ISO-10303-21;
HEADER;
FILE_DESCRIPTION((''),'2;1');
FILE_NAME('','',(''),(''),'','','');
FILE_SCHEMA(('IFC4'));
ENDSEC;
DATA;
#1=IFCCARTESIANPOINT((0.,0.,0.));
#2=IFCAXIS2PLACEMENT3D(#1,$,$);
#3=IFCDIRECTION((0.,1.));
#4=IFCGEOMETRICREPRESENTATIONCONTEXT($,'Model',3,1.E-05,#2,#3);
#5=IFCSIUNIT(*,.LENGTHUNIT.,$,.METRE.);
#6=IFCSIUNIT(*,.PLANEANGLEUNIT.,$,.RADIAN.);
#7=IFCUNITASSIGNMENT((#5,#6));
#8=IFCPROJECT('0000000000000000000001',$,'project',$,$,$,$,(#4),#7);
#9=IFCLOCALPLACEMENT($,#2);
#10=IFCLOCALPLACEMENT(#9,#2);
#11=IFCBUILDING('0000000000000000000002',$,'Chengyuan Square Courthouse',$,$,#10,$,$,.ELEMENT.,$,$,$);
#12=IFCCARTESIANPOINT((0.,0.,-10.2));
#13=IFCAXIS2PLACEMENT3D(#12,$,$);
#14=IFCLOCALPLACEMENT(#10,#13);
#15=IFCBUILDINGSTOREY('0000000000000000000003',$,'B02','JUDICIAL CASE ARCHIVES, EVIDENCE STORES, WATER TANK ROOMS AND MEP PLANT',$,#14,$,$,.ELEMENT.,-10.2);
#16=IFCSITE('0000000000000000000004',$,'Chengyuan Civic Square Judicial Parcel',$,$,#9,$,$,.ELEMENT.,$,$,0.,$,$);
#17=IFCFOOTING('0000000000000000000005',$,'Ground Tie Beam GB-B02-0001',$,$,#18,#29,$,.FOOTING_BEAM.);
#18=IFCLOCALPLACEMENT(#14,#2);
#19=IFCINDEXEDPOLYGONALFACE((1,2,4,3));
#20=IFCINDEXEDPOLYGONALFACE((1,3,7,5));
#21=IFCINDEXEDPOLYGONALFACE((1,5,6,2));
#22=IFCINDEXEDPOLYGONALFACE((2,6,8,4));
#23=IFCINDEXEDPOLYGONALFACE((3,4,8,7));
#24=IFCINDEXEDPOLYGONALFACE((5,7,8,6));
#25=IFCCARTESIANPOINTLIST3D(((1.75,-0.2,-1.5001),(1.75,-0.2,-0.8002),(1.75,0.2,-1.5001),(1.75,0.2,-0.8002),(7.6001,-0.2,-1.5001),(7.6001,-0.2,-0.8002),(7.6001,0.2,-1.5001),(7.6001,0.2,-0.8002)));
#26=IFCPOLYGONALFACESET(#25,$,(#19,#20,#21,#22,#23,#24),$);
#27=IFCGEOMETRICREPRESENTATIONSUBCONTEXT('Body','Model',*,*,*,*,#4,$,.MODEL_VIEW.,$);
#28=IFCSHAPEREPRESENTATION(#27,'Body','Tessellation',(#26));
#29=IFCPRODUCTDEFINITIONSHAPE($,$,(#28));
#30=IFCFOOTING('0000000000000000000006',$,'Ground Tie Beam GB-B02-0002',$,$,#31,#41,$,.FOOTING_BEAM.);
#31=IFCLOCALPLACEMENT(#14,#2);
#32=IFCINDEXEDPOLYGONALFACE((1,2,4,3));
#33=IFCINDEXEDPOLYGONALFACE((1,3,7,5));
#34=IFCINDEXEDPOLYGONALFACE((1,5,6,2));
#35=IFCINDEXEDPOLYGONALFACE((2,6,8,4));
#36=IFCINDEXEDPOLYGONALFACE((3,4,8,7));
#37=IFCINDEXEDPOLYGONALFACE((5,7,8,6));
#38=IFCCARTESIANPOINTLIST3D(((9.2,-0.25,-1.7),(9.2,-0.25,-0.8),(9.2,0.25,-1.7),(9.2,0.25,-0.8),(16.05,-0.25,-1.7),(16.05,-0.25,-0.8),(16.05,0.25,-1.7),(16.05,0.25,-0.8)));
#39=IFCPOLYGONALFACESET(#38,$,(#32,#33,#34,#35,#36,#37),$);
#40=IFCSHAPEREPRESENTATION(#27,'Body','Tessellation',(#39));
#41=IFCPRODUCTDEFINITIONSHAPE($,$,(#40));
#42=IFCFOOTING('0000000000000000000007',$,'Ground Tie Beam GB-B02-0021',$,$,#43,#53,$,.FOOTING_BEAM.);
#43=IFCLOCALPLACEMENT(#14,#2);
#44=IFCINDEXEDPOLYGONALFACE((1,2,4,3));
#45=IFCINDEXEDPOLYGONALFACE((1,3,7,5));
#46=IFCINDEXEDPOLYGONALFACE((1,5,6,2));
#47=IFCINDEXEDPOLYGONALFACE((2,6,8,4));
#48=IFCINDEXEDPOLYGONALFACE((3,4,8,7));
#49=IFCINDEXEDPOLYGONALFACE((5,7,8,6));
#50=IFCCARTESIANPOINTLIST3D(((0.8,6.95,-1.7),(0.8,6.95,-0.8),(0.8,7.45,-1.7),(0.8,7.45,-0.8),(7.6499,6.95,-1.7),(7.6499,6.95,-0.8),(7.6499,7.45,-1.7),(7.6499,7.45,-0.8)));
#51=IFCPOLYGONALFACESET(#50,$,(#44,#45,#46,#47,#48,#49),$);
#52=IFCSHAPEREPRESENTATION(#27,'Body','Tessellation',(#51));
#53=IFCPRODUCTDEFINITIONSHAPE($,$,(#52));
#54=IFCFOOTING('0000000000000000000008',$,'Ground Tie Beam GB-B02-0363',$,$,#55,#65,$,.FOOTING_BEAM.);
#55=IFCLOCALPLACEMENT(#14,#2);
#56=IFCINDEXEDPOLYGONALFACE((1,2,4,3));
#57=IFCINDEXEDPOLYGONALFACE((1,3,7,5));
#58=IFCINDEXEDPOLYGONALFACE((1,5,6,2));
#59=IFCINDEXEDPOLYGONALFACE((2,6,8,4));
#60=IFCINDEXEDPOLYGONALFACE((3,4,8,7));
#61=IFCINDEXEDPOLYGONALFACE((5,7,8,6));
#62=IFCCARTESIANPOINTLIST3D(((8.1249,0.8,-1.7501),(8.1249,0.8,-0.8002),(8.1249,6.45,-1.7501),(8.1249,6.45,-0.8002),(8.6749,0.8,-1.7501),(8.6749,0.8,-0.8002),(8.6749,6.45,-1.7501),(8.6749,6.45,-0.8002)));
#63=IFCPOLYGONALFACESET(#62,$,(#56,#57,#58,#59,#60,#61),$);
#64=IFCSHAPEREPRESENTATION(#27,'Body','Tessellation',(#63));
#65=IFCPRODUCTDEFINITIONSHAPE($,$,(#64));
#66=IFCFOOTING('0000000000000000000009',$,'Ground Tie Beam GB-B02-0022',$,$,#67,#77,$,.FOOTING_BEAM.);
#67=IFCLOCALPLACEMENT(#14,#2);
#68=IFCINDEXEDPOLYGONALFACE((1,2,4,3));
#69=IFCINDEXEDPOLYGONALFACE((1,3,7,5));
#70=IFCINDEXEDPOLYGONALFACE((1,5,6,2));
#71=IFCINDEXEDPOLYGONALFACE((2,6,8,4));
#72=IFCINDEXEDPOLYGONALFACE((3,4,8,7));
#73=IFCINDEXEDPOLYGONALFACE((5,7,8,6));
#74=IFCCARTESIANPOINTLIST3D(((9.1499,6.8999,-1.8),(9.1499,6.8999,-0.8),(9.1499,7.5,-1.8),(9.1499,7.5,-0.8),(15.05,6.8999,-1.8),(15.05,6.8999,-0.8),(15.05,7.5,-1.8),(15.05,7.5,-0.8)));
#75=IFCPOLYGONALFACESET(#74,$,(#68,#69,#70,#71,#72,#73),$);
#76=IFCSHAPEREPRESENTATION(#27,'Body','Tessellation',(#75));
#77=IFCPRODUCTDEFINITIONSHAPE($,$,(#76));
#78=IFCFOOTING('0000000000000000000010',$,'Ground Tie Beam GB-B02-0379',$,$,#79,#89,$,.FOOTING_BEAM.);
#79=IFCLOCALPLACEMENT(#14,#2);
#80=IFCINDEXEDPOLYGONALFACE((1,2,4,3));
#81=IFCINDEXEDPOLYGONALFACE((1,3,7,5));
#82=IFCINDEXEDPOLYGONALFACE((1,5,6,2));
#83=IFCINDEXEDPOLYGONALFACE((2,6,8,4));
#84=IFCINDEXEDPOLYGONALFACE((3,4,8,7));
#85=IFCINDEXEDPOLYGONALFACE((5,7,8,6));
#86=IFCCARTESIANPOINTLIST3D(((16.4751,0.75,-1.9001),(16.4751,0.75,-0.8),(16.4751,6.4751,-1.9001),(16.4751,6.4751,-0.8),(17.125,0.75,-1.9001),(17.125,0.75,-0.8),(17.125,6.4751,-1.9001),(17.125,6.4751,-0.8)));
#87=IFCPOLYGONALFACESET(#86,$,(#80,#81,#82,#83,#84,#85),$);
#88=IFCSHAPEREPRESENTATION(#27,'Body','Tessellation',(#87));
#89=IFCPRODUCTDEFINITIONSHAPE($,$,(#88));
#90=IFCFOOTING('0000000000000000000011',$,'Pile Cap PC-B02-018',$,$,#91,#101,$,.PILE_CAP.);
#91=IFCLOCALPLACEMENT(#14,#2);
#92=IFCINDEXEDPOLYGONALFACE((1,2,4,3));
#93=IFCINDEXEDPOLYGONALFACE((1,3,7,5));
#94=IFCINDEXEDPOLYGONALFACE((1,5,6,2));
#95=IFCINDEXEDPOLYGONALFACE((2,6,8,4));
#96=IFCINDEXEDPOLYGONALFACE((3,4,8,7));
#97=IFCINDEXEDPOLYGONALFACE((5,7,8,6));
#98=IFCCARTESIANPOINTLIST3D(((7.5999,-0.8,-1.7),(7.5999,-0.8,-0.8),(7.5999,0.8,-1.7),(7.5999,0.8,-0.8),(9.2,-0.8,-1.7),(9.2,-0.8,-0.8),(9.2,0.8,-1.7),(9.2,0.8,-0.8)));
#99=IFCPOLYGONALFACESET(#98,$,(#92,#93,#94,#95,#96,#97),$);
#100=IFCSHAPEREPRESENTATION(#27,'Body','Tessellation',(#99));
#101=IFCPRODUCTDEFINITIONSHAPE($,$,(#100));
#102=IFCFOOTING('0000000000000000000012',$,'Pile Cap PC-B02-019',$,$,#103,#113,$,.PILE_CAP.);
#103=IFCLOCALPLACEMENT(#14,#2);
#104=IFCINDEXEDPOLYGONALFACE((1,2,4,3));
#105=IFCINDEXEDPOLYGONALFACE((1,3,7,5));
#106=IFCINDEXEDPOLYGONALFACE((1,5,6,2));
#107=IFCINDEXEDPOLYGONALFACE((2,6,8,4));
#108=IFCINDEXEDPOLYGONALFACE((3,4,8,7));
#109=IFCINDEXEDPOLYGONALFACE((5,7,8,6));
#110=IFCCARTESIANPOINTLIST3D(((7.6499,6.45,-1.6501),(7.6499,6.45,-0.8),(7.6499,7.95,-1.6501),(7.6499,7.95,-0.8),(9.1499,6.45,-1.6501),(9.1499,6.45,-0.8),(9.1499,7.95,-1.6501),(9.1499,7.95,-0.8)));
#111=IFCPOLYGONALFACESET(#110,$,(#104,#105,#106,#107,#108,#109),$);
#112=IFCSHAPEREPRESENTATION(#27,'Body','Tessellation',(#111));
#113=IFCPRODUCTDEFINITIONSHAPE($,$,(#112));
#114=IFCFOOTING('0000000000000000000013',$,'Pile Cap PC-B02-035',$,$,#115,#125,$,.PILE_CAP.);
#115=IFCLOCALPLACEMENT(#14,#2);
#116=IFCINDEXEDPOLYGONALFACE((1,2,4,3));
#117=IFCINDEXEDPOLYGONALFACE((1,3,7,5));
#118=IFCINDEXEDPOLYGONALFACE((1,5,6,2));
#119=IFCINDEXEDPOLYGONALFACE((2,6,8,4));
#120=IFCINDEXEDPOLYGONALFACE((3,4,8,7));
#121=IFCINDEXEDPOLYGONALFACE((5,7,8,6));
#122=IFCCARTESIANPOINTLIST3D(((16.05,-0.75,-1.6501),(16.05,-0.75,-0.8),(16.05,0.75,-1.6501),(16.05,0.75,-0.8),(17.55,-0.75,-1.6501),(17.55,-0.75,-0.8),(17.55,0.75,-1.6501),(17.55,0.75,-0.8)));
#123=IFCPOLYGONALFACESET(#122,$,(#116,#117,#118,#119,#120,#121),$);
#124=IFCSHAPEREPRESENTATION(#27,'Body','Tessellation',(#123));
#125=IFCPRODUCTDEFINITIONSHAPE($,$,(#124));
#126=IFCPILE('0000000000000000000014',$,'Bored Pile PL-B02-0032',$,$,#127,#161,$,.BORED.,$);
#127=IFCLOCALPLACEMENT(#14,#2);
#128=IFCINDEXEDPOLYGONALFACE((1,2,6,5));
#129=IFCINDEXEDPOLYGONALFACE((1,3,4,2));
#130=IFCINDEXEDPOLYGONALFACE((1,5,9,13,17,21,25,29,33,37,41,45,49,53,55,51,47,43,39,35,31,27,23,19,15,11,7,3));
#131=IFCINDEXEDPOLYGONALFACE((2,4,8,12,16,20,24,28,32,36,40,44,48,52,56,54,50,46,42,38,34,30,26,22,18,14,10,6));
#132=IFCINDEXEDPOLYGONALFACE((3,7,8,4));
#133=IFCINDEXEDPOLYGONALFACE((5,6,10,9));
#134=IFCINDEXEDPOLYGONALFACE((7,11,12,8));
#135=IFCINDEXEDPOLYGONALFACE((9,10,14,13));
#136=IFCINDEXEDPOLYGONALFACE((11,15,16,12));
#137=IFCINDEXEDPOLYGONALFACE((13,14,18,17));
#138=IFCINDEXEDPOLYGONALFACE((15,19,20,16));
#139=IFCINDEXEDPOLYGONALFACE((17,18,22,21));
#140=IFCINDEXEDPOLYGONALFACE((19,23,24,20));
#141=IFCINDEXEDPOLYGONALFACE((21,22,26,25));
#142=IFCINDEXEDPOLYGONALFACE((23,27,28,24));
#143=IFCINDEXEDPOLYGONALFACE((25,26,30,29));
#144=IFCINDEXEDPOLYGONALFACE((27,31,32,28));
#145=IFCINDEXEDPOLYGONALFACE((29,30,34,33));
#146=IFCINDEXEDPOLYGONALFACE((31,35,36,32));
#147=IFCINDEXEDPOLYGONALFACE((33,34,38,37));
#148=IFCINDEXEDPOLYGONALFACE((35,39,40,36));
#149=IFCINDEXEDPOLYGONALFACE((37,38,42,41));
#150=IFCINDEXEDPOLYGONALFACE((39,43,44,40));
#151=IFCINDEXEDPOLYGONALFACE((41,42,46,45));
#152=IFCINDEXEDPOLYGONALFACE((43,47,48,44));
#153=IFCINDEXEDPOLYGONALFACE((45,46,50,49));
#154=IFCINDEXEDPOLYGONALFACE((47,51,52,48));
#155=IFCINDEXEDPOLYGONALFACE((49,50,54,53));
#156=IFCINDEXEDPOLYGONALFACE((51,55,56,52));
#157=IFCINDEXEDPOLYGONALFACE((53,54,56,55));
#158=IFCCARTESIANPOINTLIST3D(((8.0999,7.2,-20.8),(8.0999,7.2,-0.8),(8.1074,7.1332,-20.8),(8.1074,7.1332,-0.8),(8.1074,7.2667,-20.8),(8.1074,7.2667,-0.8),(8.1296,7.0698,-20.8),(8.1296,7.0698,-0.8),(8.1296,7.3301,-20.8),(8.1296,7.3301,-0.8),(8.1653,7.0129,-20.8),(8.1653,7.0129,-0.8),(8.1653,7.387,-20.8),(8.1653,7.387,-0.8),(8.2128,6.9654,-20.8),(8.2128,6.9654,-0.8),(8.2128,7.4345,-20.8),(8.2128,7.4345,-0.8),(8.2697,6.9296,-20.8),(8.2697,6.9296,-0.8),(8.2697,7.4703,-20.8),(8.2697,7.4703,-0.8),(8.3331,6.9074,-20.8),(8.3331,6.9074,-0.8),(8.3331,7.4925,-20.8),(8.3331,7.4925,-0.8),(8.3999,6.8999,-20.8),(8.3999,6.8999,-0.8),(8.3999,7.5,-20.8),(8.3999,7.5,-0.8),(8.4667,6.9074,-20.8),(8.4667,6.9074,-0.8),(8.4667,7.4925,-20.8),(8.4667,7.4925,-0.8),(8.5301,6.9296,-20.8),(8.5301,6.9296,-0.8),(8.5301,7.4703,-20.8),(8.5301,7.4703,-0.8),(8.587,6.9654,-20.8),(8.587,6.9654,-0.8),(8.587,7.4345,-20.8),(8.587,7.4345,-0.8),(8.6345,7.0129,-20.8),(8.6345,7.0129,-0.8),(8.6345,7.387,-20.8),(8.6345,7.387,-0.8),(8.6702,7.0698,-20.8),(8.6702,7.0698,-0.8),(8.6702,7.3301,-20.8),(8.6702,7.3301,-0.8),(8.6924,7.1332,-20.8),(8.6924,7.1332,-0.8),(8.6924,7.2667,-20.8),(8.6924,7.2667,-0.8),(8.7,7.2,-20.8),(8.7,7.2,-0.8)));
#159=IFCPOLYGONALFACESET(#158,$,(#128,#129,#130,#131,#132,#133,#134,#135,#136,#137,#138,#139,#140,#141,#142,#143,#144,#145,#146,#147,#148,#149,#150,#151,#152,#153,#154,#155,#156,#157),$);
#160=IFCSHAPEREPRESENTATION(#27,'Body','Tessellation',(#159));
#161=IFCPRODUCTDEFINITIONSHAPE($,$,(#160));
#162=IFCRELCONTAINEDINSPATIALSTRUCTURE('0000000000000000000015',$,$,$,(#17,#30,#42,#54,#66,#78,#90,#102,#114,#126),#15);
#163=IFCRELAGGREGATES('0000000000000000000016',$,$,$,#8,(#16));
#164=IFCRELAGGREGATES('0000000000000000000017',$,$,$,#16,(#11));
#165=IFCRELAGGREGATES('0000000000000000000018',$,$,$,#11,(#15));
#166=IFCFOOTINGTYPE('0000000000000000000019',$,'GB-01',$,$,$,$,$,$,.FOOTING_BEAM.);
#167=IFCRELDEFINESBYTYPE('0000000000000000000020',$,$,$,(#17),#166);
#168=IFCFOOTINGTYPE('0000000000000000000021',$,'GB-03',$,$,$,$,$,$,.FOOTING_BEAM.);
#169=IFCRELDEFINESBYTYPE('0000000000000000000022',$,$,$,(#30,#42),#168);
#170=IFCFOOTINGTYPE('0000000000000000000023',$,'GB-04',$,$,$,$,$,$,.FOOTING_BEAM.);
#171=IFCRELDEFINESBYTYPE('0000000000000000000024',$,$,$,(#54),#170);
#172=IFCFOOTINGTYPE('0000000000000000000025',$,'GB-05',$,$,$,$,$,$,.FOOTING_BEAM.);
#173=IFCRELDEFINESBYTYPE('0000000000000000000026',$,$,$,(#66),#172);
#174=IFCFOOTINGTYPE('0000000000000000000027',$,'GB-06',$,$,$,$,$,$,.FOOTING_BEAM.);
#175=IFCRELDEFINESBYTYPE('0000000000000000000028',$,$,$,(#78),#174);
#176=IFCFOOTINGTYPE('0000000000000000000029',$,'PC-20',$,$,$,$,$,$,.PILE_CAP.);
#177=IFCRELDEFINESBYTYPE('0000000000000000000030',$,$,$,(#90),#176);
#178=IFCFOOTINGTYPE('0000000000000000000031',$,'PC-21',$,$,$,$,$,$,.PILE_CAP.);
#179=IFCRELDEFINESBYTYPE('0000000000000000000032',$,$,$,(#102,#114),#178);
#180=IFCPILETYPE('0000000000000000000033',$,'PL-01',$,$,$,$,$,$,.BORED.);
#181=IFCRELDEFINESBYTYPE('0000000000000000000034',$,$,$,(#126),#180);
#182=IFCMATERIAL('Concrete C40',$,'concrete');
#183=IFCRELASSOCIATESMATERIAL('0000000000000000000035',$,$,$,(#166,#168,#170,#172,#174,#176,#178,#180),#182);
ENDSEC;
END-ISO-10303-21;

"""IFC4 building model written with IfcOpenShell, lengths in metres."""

from ifc_helpers import new_model, si_unit, direction, frame, origin, origin_2d, place, context, subcontext, project, spatial, rectangle, circle, extrude, material, material_profile, profile_set, type_object, element, save


model = new_model("IFC4")

# Units and contexts
model_context = context("Model", 3, precision=1e-05, world=origin(), true_north=direction((0.0, 1.0)))
body_context = subcontext(model_context, "Body", "Model", "MODEL_VIEW")
ifc_project = project(units=[si_unit("LENGTHUNIT", "METRE"), si_unit("PLANEANGLEUNIT", "RADIAN")], contexts=[model_context])

# Site, building, storey
site_placement = place(None, origin())
site = spatial("IfcSite", under=ifc_project, at=site_placement, Name="Chengyuan Civic Square Judicial Parcel", CompositionType="ELEMENT", RefElevation=0.0)
building_placement = place(site_placement, origin())
building = spatial("IfcBuilding", under=site, at=building_placement, Name="Chengyuan Square Courthouse", CompositionType="ELEMENT")
storey_placement = place(building_placement, frame((0.0, 0.0, -10.2)))
storey = spatial("IfcBuildingStorey", under=building, at=storey_placement, Name="B02", Description="JUDICIAL CASE ARCHIVES, EVIDENCE STORES, WATER TANK ROOMS AND MEP PLANT", CompositionType="ELEMENT", Elevation=-10.2)

# Footings
ifc_material_1 = material(Name="Concrete C40", Category="concrete")
ifc_material_profile_1 = material_profile(ifc_material_1, rectangle(XDim=0.3999, YDim=0.7, at=origin_2d()), Name="GB-400x700")
ifc_profile_set_1 = profile_set([ifc_material_profile_1], Name="Concrete C40")
footing_type_1 = type_object("IfcFootingType", Name="GB-01", PredefinedType="FOOTING_BEAM", material=ifc_profile_set_1)
footing_1_placement = place(storey_placement, frame((1.75, 0.0, -1.1501), z_axis=(1.0, 0.0, 0.0), x_axis=(0.0, 1.0, 0.0)))
element("IfcFooting", 1, at=footing_1_placement, inside=storey, type_object=footing_type_1, Name="Ground Tie Beam GB-B02-0001", PredefinedType="FOOTING_BEAM", context=body_context, shape_type="SweptSolid", body=[
    extrude(rectangle(XDim=0.3999, YDim=0.7, at=origin_2d()), origin(), (0.0, 0.0, 1.0), 5.8501),
])
ifc_material_profile_2 = material_profile(ifc_material_1, rectangle(XDim=0.5, YDim=0.8999, at=origin_2d()), Name="GB-500x900")
ifc_profile_set_2 = profile_set([ifc_material_profile_2], Name="Concrete C40")
footing_type_2 = type_object("IfcFootingType", Name="GB-03", PredefinedType="FOOTING_BEAM", material=ifc_profile_set_2)
footing_2_placement = place(storey_placement, frame((9.2, 0.0, -1.25), z_axis=(1.0, 0.0, 0.0), x_axis=(0.0, 1.0, 0.0)))
element("IfcFooting", 2, at=footing_2_placement, inside=storey, type_object=footing_type_2, Name="Ground Tie Beam GB-B02-0002", PredefinedType="FOOTING_BEAM", context=body_context, shape_type="SweptSolid", body=[
    extrude(rectangle(XDim=0.5, YDim=0.8999, at=origin_2d()), origin(), (0.0, 0.0, 1.0), 6.8501),
])
footing_3_placement = place(storey_placement, frame((0.8, 7.2, -1.25), z_axis=(1.0, 0.0, 0.0), x_axis=(0.0, 1.0, 0.0)))
element("IfcFooting", 3, at=footing_3_placement, inside=storey, type_object=footing_type_2, Name="Ground Tie Beam GB-B02-0021", PredefinedType="FOOTING_BEAM", context=body_context, shape_type="SweptSolid", body=[
    extrude(rectangle(XDim=0.5, YDim=0.8999, at=origin_2d()), origin(), (0.0, 0.0, 1.0), 6.8499),
])
ifc_material_profile_3 = material_profile(ifc_material_1, rectangle(XDim=0.55, YDim=0.95, at=origin_2d()), Name="GB-550x950")
ifc_profile_set_3 = profile_set([ifc_material_profile_3], Name="Concrete C40")
footing_type_3 = type_object("IfcFootingType", Name="GB-04", PredefinedType="FOOTING_BEAM", material=ifc_profile_set_3)
footing_4_placement = place(storey_placement, frame((8.3999, 0.8, -1.2751), z_axis=(0.0, 1.0, 0.0), x_axis=(-1.0, 0.0, 0.0)))
element("IfcFooting", 4, at=footing_4_placement, inside=storey, type_object=footing_type_3, Name="Ground Tie Beam GB-B02-0363", PredefinedType="FOOTING_BEAM", context=body_context, shape_type="SweptSolid", body=[
    extrude(rectangle(XDim=0.55, YDim=0.95, at=origin_2d()), origin(), (0.0, 0.0, 1.0), 5.6499),
])
ifc_material_profile_4 = material_profile(ifc_material_1, rectangle(XDim=0.6001, YDim=1.0, at=origin_2d()), Name="GB-600x1000")
ifc_profile_set_4 = profile_set([ifc_material_profile_4], Name="Concrete C40")
footing_type_4 = type_object("IfcFootingType", Name="GB-05", PredefinedType="FOOTING_BEAM", material=ifc_profile_set_4)
footing_5_placement = place(storey_placement, frame((9.1499, 7.2, -1.3), z_axis=(1.0, 0.0, 0.0), x_axis=(0.0, 1.0, 0.0)))
element("IfcFooting", 5, at=footing_5_placement, inside=storey, type_object=footing_type_4, Name="Ground Tie Beam GB-B02-0022", PredefinedType="FOOTING_BEAM", context=body_context, shape_type="SweptSolid", body=[
    extrude(rectangle(XDim=0.6001, YDim=1.0, at=origin_2d()), origin(), (0.0, 0.0, 1.0), 5.9001),
])
ifc_material_profile_5 = material_profile(ifc_material_1, rectangle(XDim=0.6499, YDim=1.1001, at=origin_2d()), Name="GB-650x1100")
ifc_profile_set_5 = profile_set([ifc_material_profile_5], Name="Concrete C40")
footing_type_5 = type_object("IfcFootingType", Name="GB-06", PredefinedType="FOOTING_BEAM", material=ifc_profile_set_5)
footing_6_placement = place(storey_placement, frame((16.8, 0.75, -1.3501), z_axis=(0.0, 1.0, 0.0), x_axis=(-1.0, 0.0, 0.0)))
element("IfcFooting", 6, at=footing_6_placement, inside=storey, type_object=footing_type_5, Name="Ground Tie Beam GB-B02-0379", PredefinedType="FOOTING_BEAM", context=body_context, shape_type="SweptSolid", body=[
    extrude(rectangle(XDim=0.6499, YDim=1.1001, at=origin_2d()), origin(), (0.0, 0.0, 1.0), 5.7251),
])
footing_type_6 = type_object("IfcFootingType", Name="PC-20", PredefinedType="PILE_CAP", material=ifc_material_1)
footing_7_placement = place(storey_placement, frame((8.3999, 0.0, -1.7), z_axis=(0.0, 0.0, 1.0), x_axis=(1.0, 0.0, 0.0)))
element("IfcFooting", 7, at=footing_7_placement, inside=storey, type_object=footing_type_6, Name="Pile Cap PC-B02-018", PredefinedType="PILE_CAP", context=body_context, shape_type="SweptSolid", body=[
    extrude(rectangle(XDim=1.6001, YDim=1.6001, at=origin_2d()), origin(), (0.0, 0.0, 1.0), 0.8999),
])
footing_type_7 = type_object("IfcFootingType", Name="PC-21", PredefinedType="PILE_CAP", material=ifc_material_1)
for number, where, z_axis, x_axis, name in (
    (8, (8.3999, 7.2, -1.6501), (0.0, 0.0, 1.0), (1.0, 0.0, 0.0), "Pile Cap PC-B02-019"),
    (9, (16.8, 0.0, -1.6501), (0.0, 0.0, 1.0), (1.0, 0.0, 0.0), "Pile Cap PC-B02-035"),
):
    element("IfcFooting", number, at=place(storey_placement, frame(where, z_axis=z_axis, x_axis=x_axis)), inside=storey, type_object=footing_type_7, Name=name, PredefinedType="PILE_CAP", context=body_context, shape_type="SweptSolid", body=[
        extrude(rectangle(XDim=1.5, YDim=1.5, at=origin_2d()), origin(), (0.0, 0.0, 1.0), 0.8501),
    ])

# Pile
ifc_material_profile_6 = material_profile(ifc_material_1, circle(Radius=0.3, at=origin_2d()), Name="BORED PILE D600")
ifc_profile_set_6 = profile_set([ifc_material_profile_6], Name="Concrete C40")
pile_type_1 = type_object("IfcPileType", Name="PL-01", PredefinedType="BORED", material=ifc_profile_set_6)
for number, where, z_axis, x_axis, name in (
    (10, (8.3999, 7.2, -0.8), (0.0, 0.0, -1.0), (1.0, 0.0, 0.0), "Bored Pile PL-B02-0032"),
):
    element("IfcPile", number, at=place(storey_placement, frame(where, z_axis=z_axis, x_axis=x_axis)), inside=storey, type_object=pile_type_1, Name=name, PredefinedType="BORED", context=body_context, shape_type="SweptSolid", body=[
        extrude(circle(Radius=0.3, at=origin_2d()), origin(), (0.0, 0.0, 1.0), 20.0),
    ])

save(model, "model.ifc")
